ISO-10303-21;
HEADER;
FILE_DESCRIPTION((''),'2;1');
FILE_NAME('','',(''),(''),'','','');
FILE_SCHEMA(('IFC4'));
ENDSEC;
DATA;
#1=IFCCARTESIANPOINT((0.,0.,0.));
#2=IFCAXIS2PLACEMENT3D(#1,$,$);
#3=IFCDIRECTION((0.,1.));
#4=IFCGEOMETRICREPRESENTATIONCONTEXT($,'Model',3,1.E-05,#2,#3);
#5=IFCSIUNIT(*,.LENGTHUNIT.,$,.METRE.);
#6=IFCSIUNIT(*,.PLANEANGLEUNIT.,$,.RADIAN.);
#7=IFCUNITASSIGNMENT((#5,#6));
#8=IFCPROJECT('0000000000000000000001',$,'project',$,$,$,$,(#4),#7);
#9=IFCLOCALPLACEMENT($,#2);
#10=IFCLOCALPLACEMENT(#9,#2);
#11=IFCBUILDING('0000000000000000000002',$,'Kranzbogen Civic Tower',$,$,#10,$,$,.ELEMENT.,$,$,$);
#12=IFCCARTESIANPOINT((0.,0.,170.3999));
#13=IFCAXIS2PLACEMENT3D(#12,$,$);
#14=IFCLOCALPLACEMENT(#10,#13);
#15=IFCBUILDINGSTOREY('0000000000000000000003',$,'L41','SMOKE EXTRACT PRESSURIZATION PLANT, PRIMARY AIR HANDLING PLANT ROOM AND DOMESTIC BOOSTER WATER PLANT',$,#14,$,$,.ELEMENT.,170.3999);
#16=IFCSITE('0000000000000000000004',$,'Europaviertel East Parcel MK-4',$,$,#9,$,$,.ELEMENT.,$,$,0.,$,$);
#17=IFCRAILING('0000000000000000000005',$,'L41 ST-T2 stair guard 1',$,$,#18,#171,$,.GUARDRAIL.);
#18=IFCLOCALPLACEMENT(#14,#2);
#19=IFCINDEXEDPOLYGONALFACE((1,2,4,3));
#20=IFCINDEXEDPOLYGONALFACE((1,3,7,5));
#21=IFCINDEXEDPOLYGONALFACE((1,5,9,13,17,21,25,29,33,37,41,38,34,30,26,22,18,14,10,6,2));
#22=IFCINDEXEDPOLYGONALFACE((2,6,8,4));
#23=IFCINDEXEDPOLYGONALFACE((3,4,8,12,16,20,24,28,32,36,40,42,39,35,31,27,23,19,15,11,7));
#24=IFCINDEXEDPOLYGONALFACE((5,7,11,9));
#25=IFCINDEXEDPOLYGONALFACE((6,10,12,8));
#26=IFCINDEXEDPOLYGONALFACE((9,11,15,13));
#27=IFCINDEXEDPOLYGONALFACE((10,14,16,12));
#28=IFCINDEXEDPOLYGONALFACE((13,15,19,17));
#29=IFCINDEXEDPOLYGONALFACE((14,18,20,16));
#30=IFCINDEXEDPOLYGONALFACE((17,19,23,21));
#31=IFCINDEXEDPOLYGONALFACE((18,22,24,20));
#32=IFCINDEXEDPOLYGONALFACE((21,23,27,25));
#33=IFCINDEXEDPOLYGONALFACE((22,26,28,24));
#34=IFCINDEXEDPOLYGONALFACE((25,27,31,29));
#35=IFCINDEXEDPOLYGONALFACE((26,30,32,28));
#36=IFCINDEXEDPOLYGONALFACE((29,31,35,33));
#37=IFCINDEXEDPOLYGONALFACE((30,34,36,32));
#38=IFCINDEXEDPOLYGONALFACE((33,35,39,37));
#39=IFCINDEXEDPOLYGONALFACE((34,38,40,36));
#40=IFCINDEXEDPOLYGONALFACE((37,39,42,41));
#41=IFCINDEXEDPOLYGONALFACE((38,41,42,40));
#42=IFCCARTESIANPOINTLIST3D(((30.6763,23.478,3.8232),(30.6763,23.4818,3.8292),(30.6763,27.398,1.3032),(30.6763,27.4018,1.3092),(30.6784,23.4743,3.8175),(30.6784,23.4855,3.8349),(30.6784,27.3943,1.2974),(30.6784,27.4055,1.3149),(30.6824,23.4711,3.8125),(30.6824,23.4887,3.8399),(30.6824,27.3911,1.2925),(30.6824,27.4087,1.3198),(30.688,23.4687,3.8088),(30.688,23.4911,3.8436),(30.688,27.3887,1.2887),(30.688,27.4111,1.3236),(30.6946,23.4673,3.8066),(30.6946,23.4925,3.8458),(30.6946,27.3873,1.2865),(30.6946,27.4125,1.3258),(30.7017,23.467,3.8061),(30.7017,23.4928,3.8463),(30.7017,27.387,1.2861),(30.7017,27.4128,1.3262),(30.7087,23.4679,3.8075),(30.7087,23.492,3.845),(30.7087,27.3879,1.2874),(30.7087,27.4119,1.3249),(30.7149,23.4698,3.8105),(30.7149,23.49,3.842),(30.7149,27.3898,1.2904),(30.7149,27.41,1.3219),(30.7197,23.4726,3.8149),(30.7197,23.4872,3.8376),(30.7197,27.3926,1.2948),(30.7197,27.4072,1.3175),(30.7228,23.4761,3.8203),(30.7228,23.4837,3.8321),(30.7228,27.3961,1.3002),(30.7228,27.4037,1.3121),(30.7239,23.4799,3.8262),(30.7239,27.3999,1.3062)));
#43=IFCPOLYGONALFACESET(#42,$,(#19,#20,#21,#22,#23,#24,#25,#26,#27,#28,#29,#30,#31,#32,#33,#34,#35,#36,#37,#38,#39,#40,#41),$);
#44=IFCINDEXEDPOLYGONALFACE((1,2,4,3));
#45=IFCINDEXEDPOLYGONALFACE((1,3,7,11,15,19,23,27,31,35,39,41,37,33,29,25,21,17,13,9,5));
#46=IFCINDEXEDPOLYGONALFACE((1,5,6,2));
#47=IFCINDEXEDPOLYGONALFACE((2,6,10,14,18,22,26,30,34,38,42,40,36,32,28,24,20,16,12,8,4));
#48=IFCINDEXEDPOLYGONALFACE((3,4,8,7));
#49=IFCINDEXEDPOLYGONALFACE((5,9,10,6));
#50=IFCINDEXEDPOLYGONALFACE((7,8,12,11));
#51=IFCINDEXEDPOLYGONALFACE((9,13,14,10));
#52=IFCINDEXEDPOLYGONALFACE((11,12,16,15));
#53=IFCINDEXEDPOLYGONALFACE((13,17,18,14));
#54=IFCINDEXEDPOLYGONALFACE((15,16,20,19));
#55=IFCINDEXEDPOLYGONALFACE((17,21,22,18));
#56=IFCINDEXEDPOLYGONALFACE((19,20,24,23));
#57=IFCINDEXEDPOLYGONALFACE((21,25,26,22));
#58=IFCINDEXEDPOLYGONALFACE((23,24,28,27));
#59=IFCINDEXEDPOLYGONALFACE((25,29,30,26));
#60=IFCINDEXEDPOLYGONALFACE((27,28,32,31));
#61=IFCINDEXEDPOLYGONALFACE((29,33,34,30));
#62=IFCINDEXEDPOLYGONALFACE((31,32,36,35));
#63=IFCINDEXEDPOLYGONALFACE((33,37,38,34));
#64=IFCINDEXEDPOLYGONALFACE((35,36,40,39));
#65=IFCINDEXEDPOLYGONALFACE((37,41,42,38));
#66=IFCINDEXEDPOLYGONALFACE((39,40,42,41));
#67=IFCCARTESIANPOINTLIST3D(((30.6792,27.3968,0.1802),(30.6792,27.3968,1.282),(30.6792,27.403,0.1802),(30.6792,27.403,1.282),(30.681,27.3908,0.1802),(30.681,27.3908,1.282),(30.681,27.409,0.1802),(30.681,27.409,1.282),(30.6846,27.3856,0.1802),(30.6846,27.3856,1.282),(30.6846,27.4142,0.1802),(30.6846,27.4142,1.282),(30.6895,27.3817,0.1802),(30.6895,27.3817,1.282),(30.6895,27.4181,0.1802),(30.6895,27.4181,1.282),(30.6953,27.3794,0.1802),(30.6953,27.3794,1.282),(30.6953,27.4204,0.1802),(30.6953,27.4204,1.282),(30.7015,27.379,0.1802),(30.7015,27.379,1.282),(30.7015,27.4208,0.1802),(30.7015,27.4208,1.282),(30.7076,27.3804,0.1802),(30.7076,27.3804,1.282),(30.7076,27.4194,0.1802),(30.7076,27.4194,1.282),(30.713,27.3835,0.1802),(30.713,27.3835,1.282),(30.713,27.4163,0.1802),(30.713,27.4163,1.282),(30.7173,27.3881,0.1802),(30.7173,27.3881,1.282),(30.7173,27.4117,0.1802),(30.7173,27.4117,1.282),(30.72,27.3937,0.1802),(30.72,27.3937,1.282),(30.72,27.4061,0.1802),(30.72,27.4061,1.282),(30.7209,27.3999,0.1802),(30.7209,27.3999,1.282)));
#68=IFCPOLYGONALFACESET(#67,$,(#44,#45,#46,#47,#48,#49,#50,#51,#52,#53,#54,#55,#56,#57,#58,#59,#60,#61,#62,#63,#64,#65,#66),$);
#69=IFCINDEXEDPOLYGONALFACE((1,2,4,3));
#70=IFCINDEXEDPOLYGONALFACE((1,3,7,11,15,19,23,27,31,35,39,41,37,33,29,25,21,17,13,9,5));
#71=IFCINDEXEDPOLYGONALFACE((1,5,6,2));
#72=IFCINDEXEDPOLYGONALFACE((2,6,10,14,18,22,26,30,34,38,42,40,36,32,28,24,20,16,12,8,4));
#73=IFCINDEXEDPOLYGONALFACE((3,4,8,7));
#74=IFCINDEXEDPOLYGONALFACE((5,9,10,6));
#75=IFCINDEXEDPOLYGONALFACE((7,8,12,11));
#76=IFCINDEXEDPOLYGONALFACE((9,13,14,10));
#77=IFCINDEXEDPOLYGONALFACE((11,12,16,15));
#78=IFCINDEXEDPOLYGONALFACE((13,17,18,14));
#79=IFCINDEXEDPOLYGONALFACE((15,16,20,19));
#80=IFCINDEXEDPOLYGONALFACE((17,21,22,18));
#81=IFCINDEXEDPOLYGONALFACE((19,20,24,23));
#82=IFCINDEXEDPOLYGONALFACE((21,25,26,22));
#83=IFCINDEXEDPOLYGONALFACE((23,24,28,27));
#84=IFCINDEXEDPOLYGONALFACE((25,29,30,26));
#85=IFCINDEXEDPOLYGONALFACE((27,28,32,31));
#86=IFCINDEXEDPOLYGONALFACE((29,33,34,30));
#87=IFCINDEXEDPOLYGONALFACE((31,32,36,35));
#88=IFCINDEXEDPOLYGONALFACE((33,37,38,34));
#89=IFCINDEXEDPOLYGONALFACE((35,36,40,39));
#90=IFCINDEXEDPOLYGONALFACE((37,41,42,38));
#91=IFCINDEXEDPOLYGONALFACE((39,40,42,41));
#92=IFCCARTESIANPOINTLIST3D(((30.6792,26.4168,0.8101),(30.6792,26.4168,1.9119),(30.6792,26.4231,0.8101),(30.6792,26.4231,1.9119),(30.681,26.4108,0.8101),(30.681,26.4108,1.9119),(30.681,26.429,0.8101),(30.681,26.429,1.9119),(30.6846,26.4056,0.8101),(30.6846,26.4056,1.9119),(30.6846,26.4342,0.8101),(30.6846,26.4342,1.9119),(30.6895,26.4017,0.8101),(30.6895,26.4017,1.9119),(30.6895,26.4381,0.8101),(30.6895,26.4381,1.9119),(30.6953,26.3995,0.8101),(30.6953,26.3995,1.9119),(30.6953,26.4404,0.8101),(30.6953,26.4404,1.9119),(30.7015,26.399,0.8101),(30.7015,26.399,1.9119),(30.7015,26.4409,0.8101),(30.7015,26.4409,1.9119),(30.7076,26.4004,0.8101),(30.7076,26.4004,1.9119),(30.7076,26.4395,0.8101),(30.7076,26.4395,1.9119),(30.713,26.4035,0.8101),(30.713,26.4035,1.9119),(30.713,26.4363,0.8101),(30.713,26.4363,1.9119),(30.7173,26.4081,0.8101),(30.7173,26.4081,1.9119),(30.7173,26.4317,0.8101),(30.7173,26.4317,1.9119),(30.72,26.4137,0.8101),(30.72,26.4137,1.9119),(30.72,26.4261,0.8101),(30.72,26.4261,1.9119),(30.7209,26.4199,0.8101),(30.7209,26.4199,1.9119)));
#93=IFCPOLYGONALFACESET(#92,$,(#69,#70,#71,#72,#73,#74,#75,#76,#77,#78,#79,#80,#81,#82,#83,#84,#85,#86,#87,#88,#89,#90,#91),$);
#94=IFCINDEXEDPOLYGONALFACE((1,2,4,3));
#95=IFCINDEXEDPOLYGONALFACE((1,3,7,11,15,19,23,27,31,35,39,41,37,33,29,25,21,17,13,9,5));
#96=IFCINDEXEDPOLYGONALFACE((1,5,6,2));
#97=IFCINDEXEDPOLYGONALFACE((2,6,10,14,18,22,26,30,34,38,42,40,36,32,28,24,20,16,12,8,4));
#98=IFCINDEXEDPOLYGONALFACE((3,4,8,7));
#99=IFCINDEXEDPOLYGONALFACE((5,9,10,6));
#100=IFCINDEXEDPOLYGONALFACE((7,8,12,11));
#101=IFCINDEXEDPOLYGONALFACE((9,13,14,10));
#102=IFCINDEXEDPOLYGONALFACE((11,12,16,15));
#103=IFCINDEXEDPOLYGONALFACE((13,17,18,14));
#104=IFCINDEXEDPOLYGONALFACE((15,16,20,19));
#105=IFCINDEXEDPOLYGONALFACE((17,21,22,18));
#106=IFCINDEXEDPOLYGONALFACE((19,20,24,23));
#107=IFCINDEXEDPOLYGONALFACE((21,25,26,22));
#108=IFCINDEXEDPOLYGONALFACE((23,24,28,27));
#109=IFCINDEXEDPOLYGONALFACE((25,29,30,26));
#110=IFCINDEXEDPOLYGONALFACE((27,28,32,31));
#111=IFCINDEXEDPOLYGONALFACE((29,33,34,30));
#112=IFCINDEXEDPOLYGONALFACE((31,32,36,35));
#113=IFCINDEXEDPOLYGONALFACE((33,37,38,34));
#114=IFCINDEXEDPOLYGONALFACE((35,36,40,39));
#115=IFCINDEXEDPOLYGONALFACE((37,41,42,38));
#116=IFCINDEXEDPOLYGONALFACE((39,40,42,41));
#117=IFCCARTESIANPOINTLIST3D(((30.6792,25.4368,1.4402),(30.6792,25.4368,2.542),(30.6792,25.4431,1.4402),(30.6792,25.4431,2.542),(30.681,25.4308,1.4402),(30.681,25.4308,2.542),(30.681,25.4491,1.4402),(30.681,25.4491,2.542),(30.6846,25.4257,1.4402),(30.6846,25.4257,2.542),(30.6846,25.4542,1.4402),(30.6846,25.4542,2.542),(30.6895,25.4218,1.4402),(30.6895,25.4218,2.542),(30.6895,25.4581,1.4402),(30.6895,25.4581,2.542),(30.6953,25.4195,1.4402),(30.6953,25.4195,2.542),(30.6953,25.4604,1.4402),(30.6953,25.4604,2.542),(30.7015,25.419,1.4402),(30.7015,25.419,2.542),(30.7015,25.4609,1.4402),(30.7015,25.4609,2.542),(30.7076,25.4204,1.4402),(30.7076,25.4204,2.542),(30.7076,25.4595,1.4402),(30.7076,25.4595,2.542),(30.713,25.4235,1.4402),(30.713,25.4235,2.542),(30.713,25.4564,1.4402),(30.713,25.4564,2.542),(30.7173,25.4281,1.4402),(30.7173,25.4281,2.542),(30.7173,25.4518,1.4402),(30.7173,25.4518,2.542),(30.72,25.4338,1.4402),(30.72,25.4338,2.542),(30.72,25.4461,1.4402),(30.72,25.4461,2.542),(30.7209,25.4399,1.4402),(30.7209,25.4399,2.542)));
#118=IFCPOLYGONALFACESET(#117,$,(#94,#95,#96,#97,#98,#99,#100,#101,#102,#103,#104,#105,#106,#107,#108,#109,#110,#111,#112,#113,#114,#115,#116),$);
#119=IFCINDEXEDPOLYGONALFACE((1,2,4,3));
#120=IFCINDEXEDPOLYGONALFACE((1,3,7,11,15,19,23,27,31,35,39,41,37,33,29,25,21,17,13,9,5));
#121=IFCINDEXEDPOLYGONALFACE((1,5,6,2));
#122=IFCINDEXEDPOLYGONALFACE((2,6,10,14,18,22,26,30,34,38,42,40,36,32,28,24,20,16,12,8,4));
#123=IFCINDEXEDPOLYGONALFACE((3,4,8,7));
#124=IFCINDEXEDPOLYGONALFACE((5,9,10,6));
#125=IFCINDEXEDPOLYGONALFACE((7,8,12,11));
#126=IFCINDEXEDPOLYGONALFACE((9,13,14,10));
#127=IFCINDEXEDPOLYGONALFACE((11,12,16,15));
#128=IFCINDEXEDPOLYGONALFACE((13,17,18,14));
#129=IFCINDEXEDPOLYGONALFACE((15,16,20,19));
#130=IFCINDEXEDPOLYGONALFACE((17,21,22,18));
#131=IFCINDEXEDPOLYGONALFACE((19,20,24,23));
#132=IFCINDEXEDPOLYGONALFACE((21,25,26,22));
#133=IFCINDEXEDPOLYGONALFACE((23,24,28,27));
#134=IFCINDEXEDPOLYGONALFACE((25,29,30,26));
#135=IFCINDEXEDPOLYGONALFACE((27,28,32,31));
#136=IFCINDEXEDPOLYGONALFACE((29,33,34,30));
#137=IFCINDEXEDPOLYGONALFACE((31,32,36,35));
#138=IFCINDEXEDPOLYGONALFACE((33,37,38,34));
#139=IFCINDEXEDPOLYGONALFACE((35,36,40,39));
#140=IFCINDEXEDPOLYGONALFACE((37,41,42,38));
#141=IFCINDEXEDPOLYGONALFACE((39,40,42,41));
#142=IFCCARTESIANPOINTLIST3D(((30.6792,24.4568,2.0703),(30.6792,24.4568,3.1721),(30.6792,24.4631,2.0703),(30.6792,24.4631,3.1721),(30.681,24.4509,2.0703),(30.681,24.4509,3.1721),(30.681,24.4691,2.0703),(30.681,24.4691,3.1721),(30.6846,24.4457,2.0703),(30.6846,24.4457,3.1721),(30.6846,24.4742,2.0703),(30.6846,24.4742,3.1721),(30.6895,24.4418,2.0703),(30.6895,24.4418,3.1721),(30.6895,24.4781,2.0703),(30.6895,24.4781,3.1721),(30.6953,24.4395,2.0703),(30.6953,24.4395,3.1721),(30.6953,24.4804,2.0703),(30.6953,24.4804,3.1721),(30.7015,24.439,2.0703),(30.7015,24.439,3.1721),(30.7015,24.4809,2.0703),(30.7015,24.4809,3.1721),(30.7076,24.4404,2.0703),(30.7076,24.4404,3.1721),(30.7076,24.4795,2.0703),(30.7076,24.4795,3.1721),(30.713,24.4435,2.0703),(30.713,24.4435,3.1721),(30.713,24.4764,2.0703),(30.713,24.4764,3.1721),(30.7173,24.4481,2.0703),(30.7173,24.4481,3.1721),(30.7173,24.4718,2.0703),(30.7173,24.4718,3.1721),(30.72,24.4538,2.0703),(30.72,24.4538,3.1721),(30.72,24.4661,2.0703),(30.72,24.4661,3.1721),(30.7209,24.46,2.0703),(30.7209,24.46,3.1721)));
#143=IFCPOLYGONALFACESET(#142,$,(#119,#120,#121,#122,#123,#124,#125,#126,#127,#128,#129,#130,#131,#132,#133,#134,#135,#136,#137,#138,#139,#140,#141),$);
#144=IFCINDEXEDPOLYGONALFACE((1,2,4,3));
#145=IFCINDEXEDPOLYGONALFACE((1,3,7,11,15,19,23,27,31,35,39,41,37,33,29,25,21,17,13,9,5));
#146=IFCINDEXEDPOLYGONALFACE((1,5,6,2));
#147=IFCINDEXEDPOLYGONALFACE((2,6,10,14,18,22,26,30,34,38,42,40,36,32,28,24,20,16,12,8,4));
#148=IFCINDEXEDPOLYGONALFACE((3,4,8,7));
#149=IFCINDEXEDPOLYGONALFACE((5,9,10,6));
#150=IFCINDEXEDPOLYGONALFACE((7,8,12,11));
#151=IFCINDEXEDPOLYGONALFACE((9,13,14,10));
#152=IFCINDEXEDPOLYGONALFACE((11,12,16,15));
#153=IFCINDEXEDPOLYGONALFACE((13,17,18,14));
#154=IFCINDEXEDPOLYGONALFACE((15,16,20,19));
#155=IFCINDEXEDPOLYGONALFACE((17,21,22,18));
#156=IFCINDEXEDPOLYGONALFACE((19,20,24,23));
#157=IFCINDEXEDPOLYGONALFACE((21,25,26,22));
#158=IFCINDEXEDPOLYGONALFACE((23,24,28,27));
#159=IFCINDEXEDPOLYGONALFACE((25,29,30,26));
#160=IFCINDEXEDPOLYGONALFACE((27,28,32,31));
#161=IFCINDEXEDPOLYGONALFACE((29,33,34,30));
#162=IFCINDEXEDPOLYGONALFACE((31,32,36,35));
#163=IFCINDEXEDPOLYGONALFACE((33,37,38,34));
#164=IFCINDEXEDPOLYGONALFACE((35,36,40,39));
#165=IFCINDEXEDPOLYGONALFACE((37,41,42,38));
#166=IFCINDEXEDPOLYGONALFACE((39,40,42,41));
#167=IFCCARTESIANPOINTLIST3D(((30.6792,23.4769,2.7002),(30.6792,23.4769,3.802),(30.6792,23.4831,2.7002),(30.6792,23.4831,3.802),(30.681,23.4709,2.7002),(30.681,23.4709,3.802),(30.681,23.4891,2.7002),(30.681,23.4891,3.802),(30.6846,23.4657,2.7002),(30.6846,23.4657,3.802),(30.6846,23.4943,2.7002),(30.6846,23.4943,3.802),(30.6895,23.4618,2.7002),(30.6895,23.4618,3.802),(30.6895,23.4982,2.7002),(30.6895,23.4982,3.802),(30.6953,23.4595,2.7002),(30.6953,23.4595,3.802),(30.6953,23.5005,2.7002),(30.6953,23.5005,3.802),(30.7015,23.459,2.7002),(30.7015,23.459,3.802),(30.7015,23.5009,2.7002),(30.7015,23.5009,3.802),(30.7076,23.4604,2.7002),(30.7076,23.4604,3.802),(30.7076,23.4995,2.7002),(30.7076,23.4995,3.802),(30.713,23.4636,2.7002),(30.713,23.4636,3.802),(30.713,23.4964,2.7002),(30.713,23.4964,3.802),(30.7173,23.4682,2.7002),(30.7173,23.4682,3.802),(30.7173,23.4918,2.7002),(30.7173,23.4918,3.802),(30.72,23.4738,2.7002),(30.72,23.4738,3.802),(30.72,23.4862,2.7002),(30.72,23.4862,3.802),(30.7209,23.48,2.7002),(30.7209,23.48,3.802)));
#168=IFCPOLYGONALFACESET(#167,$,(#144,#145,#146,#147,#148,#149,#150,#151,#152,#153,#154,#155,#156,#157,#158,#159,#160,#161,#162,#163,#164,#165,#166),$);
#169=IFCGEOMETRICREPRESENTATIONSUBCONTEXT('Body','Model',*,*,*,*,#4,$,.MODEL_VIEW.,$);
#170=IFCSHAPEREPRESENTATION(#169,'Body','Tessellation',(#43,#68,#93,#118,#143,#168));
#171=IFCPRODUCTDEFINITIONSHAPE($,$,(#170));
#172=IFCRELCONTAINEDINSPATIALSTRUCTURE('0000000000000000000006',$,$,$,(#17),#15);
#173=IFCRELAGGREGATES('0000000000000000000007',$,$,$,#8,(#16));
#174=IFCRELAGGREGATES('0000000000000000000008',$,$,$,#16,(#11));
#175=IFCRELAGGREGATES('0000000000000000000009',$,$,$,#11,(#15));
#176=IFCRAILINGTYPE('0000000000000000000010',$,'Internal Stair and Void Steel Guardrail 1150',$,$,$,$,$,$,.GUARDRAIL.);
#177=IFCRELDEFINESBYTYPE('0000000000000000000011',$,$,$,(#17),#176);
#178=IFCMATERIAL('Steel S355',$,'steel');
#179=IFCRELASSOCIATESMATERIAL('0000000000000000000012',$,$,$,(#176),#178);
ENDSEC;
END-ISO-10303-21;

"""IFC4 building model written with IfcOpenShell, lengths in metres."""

from ifc_helpers import new_model, si_unit, direction, frame, origin, origin_2d, place, context, subcontext, project, spatial, circle, extrude, material, type_object, element, save


model = new_model("IFC4")

# Units and contexts
model_context = context("Model", 3, precision=1e-05, world=origin(), true_north=direction((0.0, 1.0)))
body_context = subcontext(model_context, "Body", "Model", "MODEL_VIEW")
ifc_project = project(units=[si_unit("LENGTHUNIT", "METRE"), si_unit("PLANEANGLEUNIT", "RADIAN")], contexts=[model_context])

# Site, building, storey
site_placement = place(None, origin())
site = spatial("IfcSite", under=ifc_project, at=site_placement, Name="Europaviertel East Parcel MK-4", CompositionType="ELEMENT", RefElevation=0.0)
building_placement = place(site_placement, origin())
building = spatial("IfcBuilding", under=site, at=building_placement, Name="Kranzbogen Civic Tower", CompositionType="ELEMENT")
storey_placement = place(building_placement, frame((0.0, 0.0, 170.3999)))
storey = spatial("IfcBuildingStorey", under=building, at=storey_placement, Name="L41", Description="SMOKE EXTRACT PRESSURIZATION PLANT, PRIMARY AIR HANDLING PLANT ROOM AND DOMESTIC BOOSTER WATER PLANT", CompositionType="ELEMENT", Elevation=170.3999)

# Shared definitions
ifc_material_1 = material(Name="Steel S355", Category="steel")

# Railing
railing_type_1 = type_object("IfcRailingType", Name="Internal Stair and Void Steel Guardrail 1150", PredefinedType="GUARDRAIL", material=ifc_material_1)
railing_1_placement = place(storey_placement, frame((30.7, 27.3999, 0.1802)))
element("IfcRailing", 1, at=railing_1_placement, inside=storey, type_object=railing_type_1, Name="L41 ST-T2 stair guard 1", PredefinedType="GUARDRAIL", context=body_context, shape_type="SweptSolid", body=[
    extrude(circle(Radius=0.0239, at=origin_2d()), frame((0.0, 0.0, 1.126), z_axis=(0.0, -0.841172, 0.540768), x_axis=(1.0, 0.0, 0.0)), (0.0, 0.0, 1.0), 4.6602),
    extrude(circle(Radius=0.021, at=origin_2d()), origin(), (0.0, 0.0, 1.0), 1.1018),
    extrude(circle(Radius=0.021, at=origin_2d()), frame((0.0, -0.98, 0.6299)), (0.0, 0.0, 1.0), 1.1018),
    extrude(circle(Radius=0.021, at=origin_2d()), frame((0.0, -1.96, 1.26)), (0.0, 0.0, 1.0), 1.1018),
    extrude(circle(Radius=0.021, at=origin_2d()), frame((0.0, -2.9399, 1.8901)), (0.0, 0.0, 1.0), 1.1018),
    extrude(circle(Radius=0.021, at=origin_2d()), frame((0.0, -3.9199, 2.52)), (0.0, 0.0, 1.0), 1.1018),
])

save(model, "model.ifc")
